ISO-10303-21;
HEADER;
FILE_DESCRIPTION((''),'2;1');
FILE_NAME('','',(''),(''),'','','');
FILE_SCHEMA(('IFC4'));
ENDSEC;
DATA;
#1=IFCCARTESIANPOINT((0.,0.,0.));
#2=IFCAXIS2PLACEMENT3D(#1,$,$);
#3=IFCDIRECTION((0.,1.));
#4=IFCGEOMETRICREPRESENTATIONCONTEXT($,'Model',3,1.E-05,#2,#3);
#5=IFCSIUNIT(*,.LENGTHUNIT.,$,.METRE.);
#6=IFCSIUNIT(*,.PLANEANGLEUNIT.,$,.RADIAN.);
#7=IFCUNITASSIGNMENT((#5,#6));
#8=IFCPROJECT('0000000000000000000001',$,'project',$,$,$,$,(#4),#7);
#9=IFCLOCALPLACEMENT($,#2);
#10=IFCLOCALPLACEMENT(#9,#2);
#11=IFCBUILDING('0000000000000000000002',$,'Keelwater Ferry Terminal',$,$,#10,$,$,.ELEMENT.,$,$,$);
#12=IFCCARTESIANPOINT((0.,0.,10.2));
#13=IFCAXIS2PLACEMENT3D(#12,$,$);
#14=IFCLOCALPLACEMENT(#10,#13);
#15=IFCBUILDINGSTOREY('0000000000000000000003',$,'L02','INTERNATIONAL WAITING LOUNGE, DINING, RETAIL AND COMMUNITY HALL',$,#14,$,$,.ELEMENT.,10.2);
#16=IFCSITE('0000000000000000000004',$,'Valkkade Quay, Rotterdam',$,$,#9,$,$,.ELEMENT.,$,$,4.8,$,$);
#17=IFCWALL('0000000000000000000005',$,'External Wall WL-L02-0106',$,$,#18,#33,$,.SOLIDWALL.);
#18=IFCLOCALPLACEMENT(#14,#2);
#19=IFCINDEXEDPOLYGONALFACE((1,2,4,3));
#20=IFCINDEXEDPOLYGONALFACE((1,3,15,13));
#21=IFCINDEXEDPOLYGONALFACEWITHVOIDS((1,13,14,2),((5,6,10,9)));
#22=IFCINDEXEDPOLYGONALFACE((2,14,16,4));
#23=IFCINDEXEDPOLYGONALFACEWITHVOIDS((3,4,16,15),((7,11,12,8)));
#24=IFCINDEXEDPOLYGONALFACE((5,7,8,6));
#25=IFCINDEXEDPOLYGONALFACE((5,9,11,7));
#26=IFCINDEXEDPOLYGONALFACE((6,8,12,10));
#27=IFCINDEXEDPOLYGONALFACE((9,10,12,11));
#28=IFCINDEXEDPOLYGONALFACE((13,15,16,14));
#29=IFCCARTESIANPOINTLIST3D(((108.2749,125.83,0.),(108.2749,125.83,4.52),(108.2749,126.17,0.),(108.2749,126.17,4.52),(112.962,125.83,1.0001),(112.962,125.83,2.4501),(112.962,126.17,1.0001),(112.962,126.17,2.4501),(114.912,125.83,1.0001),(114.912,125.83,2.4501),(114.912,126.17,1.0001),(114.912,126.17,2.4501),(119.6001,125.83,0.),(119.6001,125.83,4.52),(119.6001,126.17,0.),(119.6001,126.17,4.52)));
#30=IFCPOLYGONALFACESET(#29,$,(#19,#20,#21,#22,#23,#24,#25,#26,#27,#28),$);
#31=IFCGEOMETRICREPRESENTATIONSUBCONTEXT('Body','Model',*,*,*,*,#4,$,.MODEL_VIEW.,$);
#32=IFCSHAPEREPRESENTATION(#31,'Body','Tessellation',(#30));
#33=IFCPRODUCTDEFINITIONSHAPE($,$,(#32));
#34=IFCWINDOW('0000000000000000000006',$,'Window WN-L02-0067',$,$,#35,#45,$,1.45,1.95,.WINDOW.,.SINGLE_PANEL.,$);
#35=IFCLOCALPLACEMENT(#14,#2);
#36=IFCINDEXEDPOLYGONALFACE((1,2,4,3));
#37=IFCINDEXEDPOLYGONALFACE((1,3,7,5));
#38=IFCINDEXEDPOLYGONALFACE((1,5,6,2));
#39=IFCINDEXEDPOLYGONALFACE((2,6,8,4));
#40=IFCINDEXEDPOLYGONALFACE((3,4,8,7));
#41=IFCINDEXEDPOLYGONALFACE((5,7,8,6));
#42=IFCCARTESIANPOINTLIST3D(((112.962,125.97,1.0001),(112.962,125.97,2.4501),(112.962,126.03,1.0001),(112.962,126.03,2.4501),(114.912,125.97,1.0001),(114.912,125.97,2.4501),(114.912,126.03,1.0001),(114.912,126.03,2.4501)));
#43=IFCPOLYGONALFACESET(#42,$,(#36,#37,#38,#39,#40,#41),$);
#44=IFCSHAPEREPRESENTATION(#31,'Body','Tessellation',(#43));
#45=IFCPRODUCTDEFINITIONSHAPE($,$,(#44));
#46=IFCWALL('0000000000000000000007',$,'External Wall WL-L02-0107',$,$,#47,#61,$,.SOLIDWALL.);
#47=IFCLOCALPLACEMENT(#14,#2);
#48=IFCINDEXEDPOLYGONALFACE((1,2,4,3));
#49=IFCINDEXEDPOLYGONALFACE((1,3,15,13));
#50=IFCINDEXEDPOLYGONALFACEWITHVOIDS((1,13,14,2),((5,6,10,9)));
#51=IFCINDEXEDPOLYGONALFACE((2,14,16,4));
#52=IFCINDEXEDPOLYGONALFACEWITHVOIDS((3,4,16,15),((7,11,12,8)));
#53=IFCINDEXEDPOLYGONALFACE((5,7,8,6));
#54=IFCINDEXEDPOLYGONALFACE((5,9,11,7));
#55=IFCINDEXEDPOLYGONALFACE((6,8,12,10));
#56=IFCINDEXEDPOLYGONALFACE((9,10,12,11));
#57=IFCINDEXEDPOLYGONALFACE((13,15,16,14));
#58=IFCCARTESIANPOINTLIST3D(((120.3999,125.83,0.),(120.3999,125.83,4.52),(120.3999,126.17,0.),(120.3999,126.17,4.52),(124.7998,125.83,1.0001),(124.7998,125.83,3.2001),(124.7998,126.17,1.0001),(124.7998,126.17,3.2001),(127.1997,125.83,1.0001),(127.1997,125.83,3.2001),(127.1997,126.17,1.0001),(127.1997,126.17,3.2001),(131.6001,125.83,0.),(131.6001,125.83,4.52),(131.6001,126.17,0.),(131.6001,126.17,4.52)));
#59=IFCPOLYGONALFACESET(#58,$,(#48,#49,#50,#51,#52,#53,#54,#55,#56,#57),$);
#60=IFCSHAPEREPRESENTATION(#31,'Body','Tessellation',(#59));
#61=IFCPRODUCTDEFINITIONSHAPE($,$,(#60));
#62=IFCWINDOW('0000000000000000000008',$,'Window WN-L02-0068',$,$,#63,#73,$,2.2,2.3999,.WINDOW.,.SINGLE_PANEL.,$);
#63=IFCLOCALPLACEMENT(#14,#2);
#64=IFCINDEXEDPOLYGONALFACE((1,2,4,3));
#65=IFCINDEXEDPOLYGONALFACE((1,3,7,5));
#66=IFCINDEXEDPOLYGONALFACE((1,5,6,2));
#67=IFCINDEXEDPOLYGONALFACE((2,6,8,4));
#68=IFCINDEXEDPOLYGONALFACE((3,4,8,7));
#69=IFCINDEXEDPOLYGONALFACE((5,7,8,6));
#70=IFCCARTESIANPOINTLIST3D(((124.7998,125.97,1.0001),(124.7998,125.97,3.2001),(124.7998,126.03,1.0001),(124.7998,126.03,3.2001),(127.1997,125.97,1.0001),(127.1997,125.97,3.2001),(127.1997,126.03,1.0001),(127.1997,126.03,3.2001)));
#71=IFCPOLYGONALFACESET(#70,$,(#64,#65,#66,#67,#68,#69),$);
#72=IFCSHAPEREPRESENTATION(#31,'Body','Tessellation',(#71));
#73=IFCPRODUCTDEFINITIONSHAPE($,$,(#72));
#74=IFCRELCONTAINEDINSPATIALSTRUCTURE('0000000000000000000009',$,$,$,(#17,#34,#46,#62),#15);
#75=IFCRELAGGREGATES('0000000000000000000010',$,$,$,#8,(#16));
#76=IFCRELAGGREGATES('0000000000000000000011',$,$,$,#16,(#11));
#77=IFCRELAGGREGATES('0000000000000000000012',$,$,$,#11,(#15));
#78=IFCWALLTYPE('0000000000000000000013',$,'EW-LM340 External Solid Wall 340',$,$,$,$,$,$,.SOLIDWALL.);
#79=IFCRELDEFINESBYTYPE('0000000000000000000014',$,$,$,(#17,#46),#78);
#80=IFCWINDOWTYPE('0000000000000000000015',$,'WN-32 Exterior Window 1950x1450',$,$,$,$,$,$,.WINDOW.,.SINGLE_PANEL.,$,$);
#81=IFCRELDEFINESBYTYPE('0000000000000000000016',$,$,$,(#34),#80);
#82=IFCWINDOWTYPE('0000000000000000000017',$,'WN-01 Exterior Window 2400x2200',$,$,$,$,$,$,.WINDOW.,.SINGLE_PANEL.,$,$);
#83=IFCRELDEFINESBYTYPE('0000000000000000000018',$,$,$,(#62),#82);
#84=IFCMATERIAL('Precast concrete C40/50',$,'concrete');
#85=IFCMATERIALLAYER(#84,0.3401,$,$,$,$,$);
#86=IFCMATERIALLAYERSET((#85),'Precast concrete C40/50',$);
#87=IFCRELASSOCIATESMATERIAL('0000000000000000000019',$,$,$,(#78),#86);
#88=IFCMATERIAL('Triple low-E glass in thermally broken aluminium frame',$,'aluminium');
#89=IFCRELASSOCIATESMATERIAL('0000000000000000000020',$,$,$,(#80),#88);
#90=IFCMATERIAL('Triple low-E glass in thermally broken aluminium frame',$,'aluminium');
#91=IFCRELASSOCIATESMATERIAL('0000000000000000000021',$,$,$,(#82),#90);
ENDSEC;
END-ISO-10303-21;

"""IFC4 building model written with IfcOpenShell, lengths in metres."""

from ifc_helpers import new_model, si_unit, direction, frame, frame_2d, origin, place, context, subcontext, project, spatial, rectangle, extrude, material, layer, layer_set, type_object, element, fill, save


model = new_model("IFC4")

# Units and contexts
model_context = context("Model", 3, precision=1e-05, world=origin(), true_north=direction((0.0, 1.0)))
body_context = subcontext(model_context, "Body", "Model", "MODEL_VIEW")
ifc_project = project(units=[si_unit("LENGTHUNIT", "METRE"), si_unit("PLANEANGLEUNIT", "RADIAN")], contexts=[model_context])

# Site, building, storey
site_placement = place(None, origin())
site = spatial("IfcSite", under=ifc_project, at=site_placement, Name="Valkkade Quay, Rotterdam", CompositionType="ELEMENT", RefElevation=4.8)
building_placement = place(site_placement, origin())
building = spatial("IfcBuilding", under=site, at=building_placement, Name="Keelwater Ferry Terminal", CompositionType="ELEMENT")
storey_placement = place(building_placement, frame((0.0, 0.0, 10.2)))
storey = spatial("IfcBuildingStorey", under=building, at=storey_placement, Name="L02", Description="INTERNATIONAL WAITING LOUNGE, DINING, RETAIL AND COMMUNITY HALL", CompositionType="ELEMENT", Elevation=10.2)

# Walls, openings, windows
ifc_material_1 = material(Name="Precast concrete C40/50", Category="concrete")
ifc_layer = layer(ifc_material_1, 0.3401)
ifc_layer_set = layer_set([ifc_layer], Name="Precast concrete C40/50")
wall_type = type_object("IfcWallType", Name="EW-LM340 External Solid Wall 340", PredefinedType="SOLIDWALL", material=ifc_layer_set)
wall_1_placement = place(storey_placement, frame((108.2749, 126.0, 0.0), z_axis=(0.0, 0.0, 1.0), x_axis=(1.0, 0.0, 0.0)))
wall_1 = element("IfcWall", 1, at=wall_1_placement, inside=storey, type_object=wall_type, Name="External Wall WL-L02-0106", PredefinedType="SOLIDWALL", context=body_context, shape_type="SweptSolid", body=[
    extrude(rectangle(XDim=11.3252, YDim=0.3401, at=frame_2d((5.6626, 0.0))), origin(), (0.0, 0.0, 1.0), 4.52),
])
opening_1_placement = place(wall_1_placement, frame((4.687, 0.0, 1.0)))
opening_1 = element("IfcOpeningElement", 2, at=opening_1_placement, cuts=wall_1, PredefinedType="OPENING", context=body_context, shape_type="SweptSolid", body=[
    extrude(rectangle(XDim=1.95, YDim=1.45, at=frame_2d((0.9751, 0.7251))), frame((0.0, 0.1799, 0.0), z_axis=(0.0, -1.0, 0.0), x_axis=(1.0, 0.0, 0.0)), (0.0, 0.0, 1.0), 0.3601),
])
ifc_material_2 = material(Name="Triple low-E glass in thermally broken aluminium frame", Category="aluminium")
window_type_1 = type_object("IfcWindowType", Name="WN-32 Exterior Window 1950x1450", PartitioningType="SINGLE_PANEL", PredefinedType="WINDOW", material=ifc_material_2)
window_1_placement = place(opening_1_placement, origin())
window_1 = element("IfcWindow", 3, at=window_1_placement, inside=storey, type_object=window_type_1, Name="Window WN-L02-0067", OverallHeight=1.45, OverallWidth=1.95, PartitioningType="SINGLE_PANEL", PredefinedType="WINDOW", context=body_context, shape_type="SweptSolid", body=[
    extrude(rectangle(XDim=1.95, YDim=1.45, at=frame_2d((0.9751, 0.7251))), frame((0.0, 0.03, 0.0), z_axis=(0.0, -1.0, 0.0), x_axis=(1.0, 0.0, 0.0)), (0.0, 0.0, 1.0), 0.0601),
])
fill(opening_1, window_1)
wall_2_placement = place(storey_placement, frame((120.3999, 126.0, 0.0), z_axis=(0.0, 0.0, 1.0), x_axis=(1.0, 0.0, 0.0)))
wall_2 = element("IfcWall", 4, at=wall_2_placement, inside=storey, type_object=wall_type, Name="External Wall WL-L02-0107", PredefinedType="SOLIDWALL", context=body_context, shape_type="SweptSolid", body=[
    extrude(rectangle(XDim=11.2002, YDim=0.3401, at=frame_2d((5.6001, 0.0))), origin(), (0.0, 0.0, 1.0), 4.52),
])
opening_2_placement = place(wall_2_placement, frame((4.3999, 0.0, 1.0)))
opening_2 = element("IfcOpeningElement", 5, at=opening_2_placement, cuts=wall_2, PredefinedType="OPENING", context=body_context, shape_type="SweptSolid", body=[
    extrude(rectangle(XDim=2.3999, YDim=2.2, at=frame_2d((1.2, 1.1001))), frame((0.0, 0.1799, 0.0), z_axis=(0.0, -1.0, 0.0), x_axis=(1.0, 0.0, 0.0)), (0.0, 0.0, 1.0), 0.3601),
])
ifc_material_3 = material(Name="Triple low-E glass in thermally broken aluminium frame", Category="aluminium")
window_type_2 = type_object("IfcWindowType", Name="WN-01 Exterior Window 2400x2200", PartitioningType="SINGLE_PANEL", PredefinedType="WINDOW", material=ifc_material_3)
window_2_placement = place(opening_2_placement, origin())
window_2 = element("IfcWindow", 6, at=window_2_placement, inside=storey, type_object=window_type_2, Name="Window WN-L02-0068", OverallHeight=2.2, OverallWidth=2.3999, PartitioningType="SINGLE_PANEL", PredefinedType="WINDOW", context=body_context, shape_type="SweptSolid", body=[
    extrude(rectangle(XDim=2.3999, YDim=2.2, at=frame_2d((1.2, 1.1001))), frame((0.0, 0.03, 0.0), z_axis=(0.0, -1.0, 0.0), x_axis=(1.0, 0.0, 0.0)), (0.0, 0.0, 1.0), 0.0601),
])
fill(opening_2, window_2)

save(model, "model.ifc")
